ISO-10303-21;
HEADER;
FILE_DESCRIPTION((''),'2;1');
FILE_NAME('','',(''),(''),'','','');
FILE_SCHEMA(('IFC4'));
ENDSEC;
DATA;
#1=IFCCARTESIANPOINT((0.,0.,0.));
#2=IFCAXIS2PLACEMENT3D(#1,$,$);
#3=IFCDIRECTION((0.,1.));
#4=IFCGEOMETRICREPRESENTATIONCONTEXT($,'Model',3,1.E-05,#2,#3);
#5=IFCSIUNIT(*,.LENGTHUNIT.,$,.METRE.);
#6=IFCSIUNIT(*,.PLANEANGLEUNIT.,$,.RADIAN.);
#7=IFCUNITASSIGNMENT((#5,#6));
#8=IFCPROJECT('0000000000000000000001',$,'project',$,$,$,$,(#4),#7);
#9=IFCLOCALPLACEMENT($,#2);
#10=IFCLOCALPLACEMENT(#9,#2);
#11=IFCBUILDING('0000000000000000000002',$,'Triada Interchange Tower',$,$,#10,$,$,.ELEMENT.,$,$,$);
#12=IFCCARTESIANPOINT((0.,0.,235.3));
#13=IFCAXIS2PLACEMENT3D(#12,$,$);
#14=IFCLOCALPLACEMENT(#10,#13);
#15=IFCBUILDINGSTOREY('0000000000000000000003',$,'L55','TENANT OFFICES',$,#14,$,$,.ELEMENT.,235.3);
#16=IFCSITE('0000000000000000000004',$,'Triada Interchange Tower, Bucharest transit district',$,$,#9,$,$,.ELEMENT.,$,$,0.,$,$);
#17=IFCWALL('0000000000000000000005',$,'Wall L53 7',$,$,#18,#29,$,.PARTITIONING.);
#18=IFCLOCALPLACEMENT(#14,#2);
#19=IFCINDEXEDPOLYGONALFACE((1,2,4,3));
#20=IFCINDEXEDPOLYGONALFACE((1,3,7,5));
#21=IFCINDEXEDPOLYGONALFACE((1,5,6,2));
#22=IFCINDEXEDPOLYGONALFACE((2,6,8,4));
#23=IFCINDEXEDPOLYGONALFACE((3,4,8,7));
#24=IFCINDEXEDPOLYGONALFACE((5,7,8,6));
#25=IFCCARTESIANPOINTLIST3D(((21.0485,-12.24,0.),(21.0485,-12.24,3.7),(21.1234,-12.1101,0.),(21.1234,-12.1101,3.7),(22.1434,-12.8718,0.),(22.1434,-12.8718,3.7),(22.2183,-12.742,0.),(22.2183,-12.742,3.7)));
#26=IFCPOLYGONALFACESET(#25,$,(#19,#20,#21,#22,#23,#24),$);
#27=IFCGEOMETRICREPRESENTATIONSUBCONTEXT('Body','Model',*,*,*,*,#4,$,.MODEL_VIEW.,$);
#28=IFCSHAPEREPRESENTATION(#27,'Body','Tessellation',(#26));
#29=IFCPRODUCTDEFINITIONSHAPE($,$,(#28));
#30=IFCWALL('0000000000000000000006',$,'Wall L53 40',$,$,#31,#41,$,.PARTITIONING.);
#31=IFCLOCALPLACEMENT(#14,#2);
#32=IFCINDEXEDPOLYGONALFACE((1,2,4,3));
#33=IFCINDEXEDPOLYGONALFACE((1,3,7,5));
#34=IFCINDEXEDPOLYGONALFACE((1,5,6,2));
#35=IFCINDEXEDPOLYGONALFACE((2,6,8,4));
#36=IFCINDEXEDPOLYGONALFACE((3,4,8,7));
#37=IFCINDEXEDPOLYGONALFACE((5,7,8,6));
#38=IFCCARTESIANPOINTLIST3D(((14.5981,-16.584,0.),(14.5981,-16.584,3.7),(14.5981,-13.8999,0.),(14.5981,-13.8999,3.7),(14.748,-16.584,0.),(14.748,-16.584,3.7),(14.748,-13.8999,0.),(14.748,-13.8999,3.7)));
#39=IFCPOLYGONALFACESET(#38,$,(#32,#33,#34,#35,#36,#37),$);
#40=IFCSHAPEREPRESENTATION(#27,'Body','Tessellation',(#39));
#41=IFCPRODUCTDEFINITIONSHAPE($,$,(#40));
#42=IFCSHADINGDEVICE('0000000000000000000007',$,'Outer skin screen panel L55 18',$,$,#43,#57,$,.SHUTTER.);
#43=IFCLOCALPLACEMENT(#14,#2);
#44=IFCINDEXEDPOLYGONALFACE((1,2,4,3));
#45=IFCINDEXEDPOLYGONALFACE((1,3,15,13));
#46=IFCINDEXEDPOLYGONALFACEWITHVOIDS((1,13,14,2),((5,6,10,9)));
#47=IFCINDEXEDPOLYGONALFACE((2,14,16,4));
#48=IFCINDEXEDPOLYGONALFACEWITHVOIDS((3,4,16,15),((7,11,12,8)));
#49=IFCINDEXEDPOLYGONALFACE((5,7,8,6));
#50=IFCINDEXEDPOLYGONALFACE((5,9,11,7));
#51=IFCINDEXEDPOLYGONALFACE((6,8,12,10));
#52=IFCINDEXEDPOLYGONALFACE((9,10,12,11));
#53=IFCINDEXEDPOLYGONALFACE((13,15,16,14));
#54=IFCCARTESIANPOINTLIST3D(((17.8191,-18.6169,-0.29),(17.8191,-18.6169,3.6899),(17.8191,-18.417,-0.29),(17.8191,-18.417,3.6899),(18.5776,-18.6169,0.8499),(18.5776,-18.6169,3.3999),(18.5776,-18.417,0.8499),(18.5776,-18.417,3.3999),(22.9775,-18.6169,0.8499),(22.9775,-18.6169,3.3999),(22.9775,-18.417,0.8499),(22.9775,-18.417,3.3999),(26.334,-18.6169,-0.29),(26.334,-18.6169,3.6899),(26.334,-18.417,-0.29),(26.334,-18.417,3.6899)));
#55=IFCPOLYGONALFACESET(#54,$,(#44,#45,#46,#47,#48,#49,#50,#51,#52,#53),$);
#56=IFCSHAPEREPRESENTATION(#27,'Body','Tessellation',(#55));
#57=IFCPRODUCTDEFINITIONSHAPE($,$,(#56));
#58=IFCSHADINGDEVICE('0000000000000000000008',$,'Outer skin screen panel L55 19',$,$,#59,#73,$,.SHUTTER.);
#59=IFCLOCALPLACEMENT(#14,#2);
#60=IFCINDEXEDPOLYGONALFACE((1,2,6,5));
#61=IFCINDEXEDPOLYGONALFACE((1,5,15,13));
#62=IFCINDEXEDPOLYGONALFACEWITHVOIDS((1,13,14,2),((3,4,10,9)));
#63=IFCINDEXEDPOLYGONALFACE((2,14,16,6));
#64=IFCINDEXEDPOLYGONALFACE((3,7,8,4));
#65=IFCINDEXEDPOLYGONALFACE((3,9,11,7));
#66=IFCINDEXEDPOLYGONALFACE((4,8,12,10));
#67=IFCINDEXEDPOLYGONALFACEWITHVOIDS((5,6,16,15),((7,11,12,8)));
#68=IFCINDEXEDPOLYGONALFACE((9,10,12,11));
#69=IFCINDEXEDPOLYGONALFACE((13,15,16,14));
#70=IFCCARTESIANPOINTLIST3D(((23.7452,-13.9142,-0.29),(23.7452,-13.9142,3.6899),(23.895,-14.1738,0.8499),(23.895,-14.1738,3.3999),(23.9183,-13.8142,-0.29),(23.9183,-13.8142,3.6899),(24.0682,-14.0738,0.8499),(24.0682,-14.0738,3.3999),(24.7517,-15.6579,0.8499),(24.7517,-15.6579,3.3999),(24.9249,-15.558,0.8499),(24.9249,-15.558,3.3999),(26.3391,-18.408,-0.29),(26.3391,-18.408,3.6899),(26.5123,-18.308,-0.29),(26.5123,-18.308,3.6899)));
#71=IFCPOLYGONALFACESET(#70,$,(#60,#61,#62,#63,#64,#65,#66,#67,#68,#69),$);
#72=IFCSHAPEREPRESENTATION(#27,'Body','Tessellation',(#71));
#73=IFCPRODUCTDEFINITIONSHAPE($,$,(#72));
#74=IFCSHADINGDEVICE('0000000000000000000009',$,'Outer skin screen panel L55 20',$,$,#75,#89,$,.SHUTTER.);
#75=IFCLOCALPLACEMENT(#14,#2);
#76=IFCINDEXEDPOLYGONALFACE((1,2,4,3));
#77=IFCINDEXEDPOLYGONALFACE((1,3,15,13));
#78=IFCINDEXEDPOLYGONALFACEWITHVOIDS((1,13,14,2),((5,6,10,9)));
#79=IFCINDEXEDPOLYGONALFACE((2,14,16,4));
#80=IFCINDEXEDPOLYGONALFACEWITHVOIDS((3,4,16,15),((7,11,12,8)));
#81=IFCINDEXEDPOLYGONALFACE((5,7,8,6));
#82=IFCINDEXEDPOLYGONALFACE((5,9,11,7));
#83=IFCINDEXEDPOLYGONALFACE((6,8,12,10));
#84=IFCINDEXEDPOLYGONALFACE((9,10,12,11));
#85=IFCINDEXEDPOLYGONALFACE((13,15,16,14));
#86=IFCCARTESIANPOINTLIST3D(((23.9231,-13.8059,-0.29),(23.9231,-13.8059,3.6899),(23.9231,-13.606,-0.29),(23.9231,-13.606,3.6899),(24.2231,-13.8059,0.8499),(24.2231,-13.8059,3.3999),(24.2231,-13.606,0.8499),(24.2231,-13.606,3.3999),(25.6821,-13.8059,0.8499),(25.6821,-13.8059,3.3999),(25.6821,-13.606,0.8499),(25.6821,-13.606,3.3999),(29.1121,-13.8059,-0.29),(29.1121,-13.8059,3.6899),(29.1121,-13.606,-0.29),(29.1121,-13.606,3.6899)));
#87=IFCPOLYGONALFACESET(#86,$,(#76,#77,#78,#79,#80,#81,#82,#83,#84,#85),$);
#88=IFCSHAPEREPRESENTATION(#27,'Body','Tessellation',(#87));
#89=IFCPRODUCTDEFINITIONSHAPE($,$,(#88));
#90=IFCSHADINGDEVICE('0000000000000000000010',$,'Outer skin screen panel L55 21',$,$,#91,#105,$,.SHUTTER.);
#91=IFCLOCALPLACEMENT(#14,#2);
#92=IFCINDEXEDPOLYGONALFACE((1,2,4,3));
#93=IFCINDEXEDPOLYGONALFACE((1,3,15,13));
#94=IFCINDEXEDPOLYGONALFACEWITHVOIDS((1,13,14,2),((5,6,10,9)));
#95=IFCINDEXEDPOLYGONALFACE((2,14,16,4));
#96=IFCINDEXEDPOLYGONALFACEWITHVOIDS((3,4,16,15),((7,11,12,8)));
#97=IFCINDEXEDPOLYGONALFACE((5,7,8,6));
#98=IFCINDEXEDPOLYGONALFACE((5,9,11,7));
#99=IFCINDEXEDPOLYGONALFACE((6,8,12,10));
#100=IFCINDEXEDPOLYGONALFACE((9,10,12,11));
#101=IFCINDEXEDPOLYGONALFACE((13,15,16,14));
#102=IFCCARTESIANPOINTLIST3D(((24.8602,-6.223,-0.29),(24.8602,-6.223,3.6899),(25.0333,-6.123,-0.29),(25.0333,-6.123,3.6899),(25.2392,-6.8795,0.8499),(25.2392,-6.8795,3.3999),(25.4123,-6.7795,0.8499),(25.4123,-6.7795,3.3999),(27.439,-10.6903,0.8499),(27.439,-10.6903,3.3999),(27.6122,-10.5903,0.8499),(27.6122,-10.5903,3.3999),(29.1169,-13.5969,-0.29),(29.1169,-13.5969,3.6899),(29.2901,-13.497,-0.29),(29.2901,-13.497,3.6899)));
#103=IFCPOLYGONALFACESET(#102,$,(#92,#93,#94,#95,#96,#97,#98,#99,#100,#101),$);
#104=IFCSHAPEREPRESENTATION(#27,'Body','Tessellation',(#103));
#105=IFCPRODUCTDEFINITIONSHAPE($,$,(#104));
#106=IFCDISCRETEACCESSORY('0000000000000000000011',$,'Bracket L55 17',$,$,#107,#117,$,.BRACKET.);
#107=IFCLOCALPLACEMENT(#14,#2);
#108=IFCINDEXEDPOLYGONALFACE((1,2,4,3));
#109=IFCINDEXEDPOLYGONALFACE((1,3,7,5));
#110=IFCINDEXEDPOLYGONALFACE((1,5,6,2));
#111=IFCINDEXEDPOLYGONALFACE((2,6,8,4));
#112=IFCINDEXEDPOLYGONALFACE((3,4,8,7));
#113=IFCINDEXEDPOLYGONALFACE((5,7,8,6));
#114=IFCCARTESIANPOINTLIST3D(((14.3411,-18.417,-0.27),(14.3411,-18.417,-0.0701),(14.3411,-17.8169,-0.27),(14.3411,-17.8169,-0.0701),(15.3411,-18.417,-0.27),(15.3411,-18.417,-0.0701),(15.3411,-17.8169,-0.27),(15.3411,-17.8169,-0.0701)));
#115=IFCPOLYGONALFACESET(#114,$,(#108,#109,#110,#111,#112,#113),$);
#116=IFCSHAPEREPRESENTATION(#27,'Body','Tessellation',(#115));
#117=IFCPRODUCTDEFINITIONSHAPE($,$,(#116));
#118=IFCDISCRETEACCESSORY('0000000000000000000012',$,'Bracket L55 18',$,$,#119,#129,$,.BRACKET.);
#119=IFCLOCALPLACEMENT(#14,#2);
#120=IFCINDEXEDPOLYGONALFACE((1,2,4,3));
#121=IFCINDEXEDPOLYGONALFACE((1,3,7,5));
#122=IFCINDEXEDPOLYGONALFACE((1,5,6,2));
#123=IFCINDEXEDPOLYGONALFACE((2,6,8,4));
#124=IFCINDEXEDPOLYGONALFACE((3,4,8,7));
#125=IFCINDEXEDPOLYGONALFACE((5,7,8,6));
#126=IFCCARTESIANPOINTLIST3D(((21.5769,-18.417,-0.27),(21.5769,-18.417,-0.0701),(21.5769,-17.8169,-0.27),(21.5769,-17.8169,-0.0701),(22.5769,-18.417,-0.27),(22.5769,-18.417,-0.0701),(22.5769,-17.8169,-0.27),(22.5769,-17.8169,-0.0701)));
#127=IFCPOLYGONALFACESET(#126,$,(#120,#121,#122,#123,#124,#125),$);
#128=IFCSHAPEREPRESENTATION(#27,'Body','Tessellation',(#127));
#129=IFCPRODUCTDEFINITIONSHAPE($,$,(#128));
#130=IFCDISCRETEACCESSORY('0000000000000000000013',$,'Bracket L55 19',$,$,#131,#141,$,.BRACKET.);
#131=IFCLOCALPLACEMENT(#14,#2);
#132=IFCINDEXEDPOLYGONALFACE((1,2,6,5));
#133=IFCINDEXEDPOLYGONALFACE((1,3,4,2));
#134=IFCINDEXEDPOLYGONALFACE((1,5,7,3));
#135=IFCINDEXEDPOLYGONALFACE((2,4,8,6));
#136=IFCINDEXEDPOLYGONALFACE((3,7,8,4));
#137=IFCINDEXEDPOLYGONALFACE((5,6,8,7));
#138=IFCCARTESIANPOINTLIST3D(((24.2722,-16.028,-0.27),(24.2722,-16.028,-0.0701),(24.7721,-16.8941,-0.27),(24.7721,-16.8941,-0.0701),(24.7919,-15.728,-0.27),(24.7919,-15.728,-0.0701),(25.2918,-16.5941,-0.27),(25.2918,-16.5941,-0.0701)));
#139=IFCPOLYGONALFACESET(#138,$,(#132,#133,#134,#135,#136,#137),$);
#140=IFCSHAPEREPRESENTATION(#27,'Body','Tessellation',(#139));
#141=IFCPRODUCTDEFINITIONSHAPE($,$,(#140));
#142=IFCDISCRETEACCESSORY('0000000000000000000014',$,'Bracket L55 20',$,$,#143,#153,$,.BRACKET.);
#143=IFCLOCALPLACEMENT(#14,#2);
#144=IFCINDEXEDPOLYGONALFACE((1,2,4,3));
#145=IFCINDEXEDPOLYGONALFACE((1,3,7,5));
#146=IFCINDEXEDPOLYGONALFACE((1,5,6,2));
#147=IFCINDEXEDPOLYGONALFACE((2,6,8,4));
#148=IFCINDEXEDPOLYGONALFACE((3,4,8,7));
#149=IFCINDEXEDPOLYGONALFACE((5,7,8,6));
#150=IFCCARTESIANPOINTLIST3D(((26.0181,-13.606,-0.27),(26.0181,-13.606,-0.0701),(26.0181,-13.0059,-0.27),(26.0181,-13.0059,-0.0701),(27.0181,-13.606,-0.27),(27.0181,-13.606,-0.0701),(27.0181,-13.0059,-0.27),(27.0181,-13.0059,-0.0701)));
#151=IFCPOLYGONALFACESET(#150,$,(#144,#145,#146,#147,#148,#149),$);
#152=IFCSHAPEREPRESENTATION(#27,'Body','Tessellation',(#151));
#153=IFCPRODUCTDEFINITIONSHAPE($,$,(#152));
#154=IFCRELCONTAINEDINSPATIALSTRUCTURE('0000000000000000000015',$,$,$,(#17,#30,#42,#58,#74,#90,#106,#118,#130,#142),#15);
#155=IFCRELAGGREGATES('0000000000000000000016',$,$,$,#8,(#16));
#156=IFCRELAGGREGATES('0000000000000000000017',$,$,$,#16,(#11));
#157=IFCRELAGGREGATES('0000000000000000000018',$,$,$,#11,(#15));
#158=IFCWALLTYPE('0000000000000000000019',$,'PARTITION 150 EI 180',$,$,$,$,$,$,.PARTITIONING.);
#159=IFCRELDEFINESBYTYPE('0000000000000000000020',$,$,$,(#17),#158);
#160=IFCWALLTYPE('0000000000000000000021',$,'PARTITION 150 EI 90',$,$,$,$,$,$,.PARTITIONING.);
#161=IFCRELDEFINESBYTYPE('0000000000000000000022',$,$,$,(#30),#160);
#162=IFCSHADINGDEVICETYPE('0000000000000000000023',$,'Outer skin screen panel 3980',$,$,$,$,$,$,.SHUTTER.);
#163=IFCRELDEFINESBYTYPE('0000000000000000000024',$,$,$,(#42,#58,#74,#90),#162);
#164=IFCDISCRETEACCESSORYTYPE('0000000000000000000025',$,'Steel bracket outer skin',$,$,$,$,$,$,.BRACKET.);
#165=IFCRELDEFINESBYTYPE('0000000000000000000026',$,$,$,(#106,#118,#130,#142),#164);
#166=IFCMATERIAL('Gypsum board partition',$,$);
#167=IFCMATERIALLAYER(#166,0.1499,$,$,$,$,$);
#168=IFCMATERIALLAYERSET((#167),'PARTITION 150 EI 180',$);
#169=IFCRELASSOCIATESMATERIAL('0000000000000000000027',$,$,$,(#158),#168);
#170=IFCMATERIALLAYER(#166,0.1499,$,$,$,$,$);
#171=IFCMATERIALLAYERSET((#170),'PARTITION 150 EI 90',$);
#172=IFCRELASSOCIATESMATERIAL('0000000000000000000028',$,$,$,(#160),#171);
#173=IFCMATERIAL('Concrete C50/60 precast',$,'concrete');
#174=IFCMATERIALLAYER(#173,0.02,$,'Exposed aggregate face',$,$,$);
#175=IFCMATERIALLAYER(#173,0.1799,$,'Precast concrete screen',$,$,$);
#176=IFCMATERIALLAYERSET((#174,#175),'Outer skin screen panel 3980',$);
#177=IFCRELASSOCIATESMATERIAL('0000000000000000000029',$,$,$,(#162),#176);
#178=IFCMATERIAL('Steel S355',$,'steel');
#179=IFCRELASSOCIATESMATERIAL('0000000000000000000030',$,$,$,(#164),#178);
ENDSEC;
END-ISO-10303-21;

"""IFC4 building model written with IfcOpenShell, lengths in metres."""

from ifc_helpers import new_model, si_unit, direction, frame, frame_2d, origin, origin_2d, place, context, subcontext, project, spatial, polyline, rectangle, outline, extrude, material, layer, layer_set, type_object, element, save


model = new_model("IFC4")

# Units and contexts
model_context = context("Model", 3, precision=1e-05, world=origin(), true_north=direction((0.0, 1.0)))
body_context = subcontext(model_context, "Body", "Model", "MODEL_VIEW")
ifc_project = project(units=[si_unit("LENGTHUNIT", "METRE"), si_unit("PLANEANGLEUNIT", "RADIAN")], contexts=[model_context])

# Site, building, storey
site_placement = place(None, origin())
site = spatial("IfcSite", under=ifc_project, at=site_placement, Name="Triada Interchange Tower, Bucharest transit district", CompositionType="ELEMENT", RefElevation=0.0)
building_placement = place(site_placement, origin())
building = spatial("IfcBuilding", under=site, at=building_placement, Name="Triada Interchange Tower", CompositionType="ELEMENT")
storey_placement = place(building_placement, frame((0.0, 0.0, 235.3)))
storey = spatial("IfcBuildingStorey", under=building, at=storey_placement, Name="L55", Description="TENANT OFFICES", CompositionType="ELEMENT", Elevation=235.3)

# Walls
ifc_material_1 = material(Name="Gypsum board partition")
ifc_layer_1 = layer(ifc_material_1, 0.1499)
ifc_layer_set_1 = layer_set([ifc_layer_1], Name="PARTITION 150 EI 180")
wall_type_1 = type_object("IfcWallType", Name="PARTITION 150 EI 180", PredefinedType="PARTITIONING", material=ifc_layer_set_1)
wall_1_placement = place(storey_placement, frame((21.0859, -12.175, 0.0), z_axis=(0.0, 0.0, 1.0), x_axis=(0.866144, -0.499795, 0.0)))
element("IfcWall", 1, at=wall_1_placement, inside=storey, type_object=wall_type_1, Name="Wall L53 7", PredefinedType="PARTITIONING", context=body_context, shape_type="SweptSolid", body=[
    extrude(rectangle(XDim=1.2642, YDim=0.1499, at=frame_2d((0.6321, 0.0))), origin(), (0.0, 0.0, 1.0), 3.7),
])
ifc_layer_2 = layer(ifc_material_1, 0.1499)
ifc_layer_set_2 = layer_set([ifc_layer_2], Name="PARTITION 150 EI 90")
wall_type_2 = type_object("IfcWallType", Name="PARTITION 150 EI 90", PredefinedType="PARTITIONING", material=ifc_layer_set_2)
wall_2_placement = place(storey_placement, frame((14.6731, -16.584, 0.0), z_axis=(0.0, 0.0, 1.0), x_axis=(0.0, 1.0, 0.0)))
element("IfcWall", 2, at=wall_2_placement, inside=storey, type_object=wall_type_2, Name="Wall L53 40", PredefinedType="PARTITIONING", context=body_context, shape_type="SweptSolid", body=[
    extrude(rectangle(XDim=2.6841, YDim=0.1499, at=frame_2d((1.342, 0.0))), origin(), (0.0, 0.0, 1.0), 3.7),
])

# Shading devices
ifc_material_2 = material(Name="Concrete C50/60 precast", Category="concrete")
ifc_layer_3 = layer(ifc_material_2, 0.02, Name="Exposed aggregate face")
ifc_layer_4 = layer(ifc_material_2, 0.1799, Name="Precast concrete screen")
ifc_layer_set_3 = layer_set([ifc_layer_3, ifc_layer_4], Name="Outer skin screen panel 3980")
shading_device_type = type_object("IfcShadingDeviceType", Name="Outer skin screen panel 3980", PredefinedType="SHUTTER", material=ifc_layer_set_3)
shading_device_1_placement = place(storey_placement, frame((17.8191, -18.417, -0.29), z_axis=(0.0, 0.0, 1.0), x_axis=(1.0, 0.0, 0.0)))
element("IfcShadingDevice", 3, at=shading_device_1_placement, inside=storey, type_object=shading_device_type, Name="Outer skin screen panel L55 18", PredefinedType="SHUTTER", context=body_context, shape_type="SweptSolid", body=[
    extrude(outline(polyline([(0.0, 0.0), (8.5149, 0.0), (8.5149, 3.98), (0.0, 3.98), (0.0, 0.0)]), holes=[polyline([(0.7585, 1.1399), (0.7585, 3.6899), (5.1584, 3.6899), (5.1584, 1.1399), (0.7585, 1.1399)])]), frame((0.0, 0.0, 0.0), z_axis=(0.0, -1.0, 0.0), x_axis=(1.0, 0.0, 0.0)), (0.0, 0.0, 1.0), 0.2),
])
shading_device_2_placement = place(storey_placement, frame((26.3391, -18.408, -0.29), z_axis=(0.0, 0.0, 1.0), x_axis=(-0.499919, 0.866072, 0.0)))
element("IfcShadingDevice", 4, at=shading_device_2_placement, inside=storey, type_object=shading_device_type, Name="Outer skin screen panel L55 19", PredefinedType="SHUTTER", context=body_context, shape_type="SweptSolid", body=[
    extrude(outline(polyline([(0.0, 0.0), (5.1887, 0.0), (5.1887, 3.98), (0.0, 3.98), (0.0, 0.0)]), holes=[polyline([(3.1753, 1.1399), (3.1753, 3.6899), (4.8889, 3.6899), (4.8889, 1.1399), (3.1753, 1.1399)])]), frame((0.0, 0.0, 0.0), z_axis=(0.0, -1.0, 0.0), x_axis=(1.0, 0.0, 0.0)), (0.0, 0.0, 1.0), 0.2),
])
shading_device_3_placement = place(storey_placement, frame((23.9231, -13.606, -0.29), z_axis=(0.0, 0.0, 1.0), x_axis=(1.0, 0.0, 0.0)))
element("IfcShadingDevice", 5, at=shading_device_3_placement, inside=storey, type_object=shading_device_type, Name="Outer skin screen panel L55 20", PredefinedType="SHUTTER", context=body_context, shape_type="SweptSolid", body=[
    extrude(outline(polyline([(0.0, 0.0), (5.189, 0.0), (5.189, 3.98), (0.0, 3.98), (0.0, 0.0)]), holes=[polyline([(0.3, 1.1399), (0.3, 3.6899), (1.759, 3.6899), (1.759, 1.1399), (0.3, 1.1399)])]), frame((0.0, 0.0, 0.0), z_axis=(0.0, -1.0, 0.0), x_axis=(1.0, 0.0, 0.0)), (0.0, 0.0, 1.0), 0.2),
])
shading_device_4_placement = place(storey_placement, frame((29.1169, -13.5969, -0.29), z_axis=(0.0, 0.0, 1.0), x_axis=(-0.499951, 0.866054, 0.0)))
element("IfcShadingDevice", 6, at=shading_device_4_placement, inside=storey, type_object=shading_device_type, Name="Outer skin screen panel L55 21", PredefinedType="SHUTTER", context=body_context, shape_type="SweptSolid", body=[
    extrude(outline(polyline([(0.0, 0.0), (8.5144, 0.0), (8.5144, 3.98), (0.0, 3.98), (0.0, 0.0)]), holes=[polyline([(3.3562, 1.1399), (3.3562, 3.6899), (7.7563, 3.6899), (7.7563, 1.1399), (3.3562, 1.1399)])]), frame((0.0, 0.0, 0.0), z_axis=(0.0, -1.0, 0.0), x_axis=(1.0, 0.0, 0.0)), (0.0, 0.0, 1.0), 0.2),
])

# Discrete accessories
ifc_material_3 = material(Name="Steel S355", Category="steel")
discrete_accessory_type = type_object("IfcDiscreteAccessoryType", Name="Steel bracket outer skin", PredefinedType="BRACKET", material=ifc_material_3)
for number, where, z_axis, x_axis, name in (
    (7, (14.8411, -18.1169, -0.27), (0.0, 0.0, 1.0), (0.0, -1.0, 0.0), "Bracket L55 17"),
    (8, (22.0769, -18.1169, -0.27), (0.0, 0.0, 1.0), (0.0, -1.0, 0.0), "Bracket L55 18"),
    (9, (24.782, -16.311, -0.27), (0.0, 0.0, 1.0), (0.866075, 0.499915, 0.0), "Bracket L55 19"),
    (10, (26.5181, -13.3059, -0.27), (0.0, 0.0, 1.0), (0.0, -1.0, 0.0), "Bracket L55 20"),
):
    element("IfcDiscreteAccessory", number, at=place(storey_placement, frame(where, z_axis=z_axis, x_axis=x_axis)), inside=storey, type_object=discrete_accessory_type, Name=name, PredefinedType="BRACKET", context=body_context, shape_type="SweptSolid", body=[
        extrude(rectangle(XDim=0.6001, YDim=1.0, at=origin_2d()), origin(), (0.0, 0.0, 1.0), 0.2),
    ])

save(model, "model.ifc")
